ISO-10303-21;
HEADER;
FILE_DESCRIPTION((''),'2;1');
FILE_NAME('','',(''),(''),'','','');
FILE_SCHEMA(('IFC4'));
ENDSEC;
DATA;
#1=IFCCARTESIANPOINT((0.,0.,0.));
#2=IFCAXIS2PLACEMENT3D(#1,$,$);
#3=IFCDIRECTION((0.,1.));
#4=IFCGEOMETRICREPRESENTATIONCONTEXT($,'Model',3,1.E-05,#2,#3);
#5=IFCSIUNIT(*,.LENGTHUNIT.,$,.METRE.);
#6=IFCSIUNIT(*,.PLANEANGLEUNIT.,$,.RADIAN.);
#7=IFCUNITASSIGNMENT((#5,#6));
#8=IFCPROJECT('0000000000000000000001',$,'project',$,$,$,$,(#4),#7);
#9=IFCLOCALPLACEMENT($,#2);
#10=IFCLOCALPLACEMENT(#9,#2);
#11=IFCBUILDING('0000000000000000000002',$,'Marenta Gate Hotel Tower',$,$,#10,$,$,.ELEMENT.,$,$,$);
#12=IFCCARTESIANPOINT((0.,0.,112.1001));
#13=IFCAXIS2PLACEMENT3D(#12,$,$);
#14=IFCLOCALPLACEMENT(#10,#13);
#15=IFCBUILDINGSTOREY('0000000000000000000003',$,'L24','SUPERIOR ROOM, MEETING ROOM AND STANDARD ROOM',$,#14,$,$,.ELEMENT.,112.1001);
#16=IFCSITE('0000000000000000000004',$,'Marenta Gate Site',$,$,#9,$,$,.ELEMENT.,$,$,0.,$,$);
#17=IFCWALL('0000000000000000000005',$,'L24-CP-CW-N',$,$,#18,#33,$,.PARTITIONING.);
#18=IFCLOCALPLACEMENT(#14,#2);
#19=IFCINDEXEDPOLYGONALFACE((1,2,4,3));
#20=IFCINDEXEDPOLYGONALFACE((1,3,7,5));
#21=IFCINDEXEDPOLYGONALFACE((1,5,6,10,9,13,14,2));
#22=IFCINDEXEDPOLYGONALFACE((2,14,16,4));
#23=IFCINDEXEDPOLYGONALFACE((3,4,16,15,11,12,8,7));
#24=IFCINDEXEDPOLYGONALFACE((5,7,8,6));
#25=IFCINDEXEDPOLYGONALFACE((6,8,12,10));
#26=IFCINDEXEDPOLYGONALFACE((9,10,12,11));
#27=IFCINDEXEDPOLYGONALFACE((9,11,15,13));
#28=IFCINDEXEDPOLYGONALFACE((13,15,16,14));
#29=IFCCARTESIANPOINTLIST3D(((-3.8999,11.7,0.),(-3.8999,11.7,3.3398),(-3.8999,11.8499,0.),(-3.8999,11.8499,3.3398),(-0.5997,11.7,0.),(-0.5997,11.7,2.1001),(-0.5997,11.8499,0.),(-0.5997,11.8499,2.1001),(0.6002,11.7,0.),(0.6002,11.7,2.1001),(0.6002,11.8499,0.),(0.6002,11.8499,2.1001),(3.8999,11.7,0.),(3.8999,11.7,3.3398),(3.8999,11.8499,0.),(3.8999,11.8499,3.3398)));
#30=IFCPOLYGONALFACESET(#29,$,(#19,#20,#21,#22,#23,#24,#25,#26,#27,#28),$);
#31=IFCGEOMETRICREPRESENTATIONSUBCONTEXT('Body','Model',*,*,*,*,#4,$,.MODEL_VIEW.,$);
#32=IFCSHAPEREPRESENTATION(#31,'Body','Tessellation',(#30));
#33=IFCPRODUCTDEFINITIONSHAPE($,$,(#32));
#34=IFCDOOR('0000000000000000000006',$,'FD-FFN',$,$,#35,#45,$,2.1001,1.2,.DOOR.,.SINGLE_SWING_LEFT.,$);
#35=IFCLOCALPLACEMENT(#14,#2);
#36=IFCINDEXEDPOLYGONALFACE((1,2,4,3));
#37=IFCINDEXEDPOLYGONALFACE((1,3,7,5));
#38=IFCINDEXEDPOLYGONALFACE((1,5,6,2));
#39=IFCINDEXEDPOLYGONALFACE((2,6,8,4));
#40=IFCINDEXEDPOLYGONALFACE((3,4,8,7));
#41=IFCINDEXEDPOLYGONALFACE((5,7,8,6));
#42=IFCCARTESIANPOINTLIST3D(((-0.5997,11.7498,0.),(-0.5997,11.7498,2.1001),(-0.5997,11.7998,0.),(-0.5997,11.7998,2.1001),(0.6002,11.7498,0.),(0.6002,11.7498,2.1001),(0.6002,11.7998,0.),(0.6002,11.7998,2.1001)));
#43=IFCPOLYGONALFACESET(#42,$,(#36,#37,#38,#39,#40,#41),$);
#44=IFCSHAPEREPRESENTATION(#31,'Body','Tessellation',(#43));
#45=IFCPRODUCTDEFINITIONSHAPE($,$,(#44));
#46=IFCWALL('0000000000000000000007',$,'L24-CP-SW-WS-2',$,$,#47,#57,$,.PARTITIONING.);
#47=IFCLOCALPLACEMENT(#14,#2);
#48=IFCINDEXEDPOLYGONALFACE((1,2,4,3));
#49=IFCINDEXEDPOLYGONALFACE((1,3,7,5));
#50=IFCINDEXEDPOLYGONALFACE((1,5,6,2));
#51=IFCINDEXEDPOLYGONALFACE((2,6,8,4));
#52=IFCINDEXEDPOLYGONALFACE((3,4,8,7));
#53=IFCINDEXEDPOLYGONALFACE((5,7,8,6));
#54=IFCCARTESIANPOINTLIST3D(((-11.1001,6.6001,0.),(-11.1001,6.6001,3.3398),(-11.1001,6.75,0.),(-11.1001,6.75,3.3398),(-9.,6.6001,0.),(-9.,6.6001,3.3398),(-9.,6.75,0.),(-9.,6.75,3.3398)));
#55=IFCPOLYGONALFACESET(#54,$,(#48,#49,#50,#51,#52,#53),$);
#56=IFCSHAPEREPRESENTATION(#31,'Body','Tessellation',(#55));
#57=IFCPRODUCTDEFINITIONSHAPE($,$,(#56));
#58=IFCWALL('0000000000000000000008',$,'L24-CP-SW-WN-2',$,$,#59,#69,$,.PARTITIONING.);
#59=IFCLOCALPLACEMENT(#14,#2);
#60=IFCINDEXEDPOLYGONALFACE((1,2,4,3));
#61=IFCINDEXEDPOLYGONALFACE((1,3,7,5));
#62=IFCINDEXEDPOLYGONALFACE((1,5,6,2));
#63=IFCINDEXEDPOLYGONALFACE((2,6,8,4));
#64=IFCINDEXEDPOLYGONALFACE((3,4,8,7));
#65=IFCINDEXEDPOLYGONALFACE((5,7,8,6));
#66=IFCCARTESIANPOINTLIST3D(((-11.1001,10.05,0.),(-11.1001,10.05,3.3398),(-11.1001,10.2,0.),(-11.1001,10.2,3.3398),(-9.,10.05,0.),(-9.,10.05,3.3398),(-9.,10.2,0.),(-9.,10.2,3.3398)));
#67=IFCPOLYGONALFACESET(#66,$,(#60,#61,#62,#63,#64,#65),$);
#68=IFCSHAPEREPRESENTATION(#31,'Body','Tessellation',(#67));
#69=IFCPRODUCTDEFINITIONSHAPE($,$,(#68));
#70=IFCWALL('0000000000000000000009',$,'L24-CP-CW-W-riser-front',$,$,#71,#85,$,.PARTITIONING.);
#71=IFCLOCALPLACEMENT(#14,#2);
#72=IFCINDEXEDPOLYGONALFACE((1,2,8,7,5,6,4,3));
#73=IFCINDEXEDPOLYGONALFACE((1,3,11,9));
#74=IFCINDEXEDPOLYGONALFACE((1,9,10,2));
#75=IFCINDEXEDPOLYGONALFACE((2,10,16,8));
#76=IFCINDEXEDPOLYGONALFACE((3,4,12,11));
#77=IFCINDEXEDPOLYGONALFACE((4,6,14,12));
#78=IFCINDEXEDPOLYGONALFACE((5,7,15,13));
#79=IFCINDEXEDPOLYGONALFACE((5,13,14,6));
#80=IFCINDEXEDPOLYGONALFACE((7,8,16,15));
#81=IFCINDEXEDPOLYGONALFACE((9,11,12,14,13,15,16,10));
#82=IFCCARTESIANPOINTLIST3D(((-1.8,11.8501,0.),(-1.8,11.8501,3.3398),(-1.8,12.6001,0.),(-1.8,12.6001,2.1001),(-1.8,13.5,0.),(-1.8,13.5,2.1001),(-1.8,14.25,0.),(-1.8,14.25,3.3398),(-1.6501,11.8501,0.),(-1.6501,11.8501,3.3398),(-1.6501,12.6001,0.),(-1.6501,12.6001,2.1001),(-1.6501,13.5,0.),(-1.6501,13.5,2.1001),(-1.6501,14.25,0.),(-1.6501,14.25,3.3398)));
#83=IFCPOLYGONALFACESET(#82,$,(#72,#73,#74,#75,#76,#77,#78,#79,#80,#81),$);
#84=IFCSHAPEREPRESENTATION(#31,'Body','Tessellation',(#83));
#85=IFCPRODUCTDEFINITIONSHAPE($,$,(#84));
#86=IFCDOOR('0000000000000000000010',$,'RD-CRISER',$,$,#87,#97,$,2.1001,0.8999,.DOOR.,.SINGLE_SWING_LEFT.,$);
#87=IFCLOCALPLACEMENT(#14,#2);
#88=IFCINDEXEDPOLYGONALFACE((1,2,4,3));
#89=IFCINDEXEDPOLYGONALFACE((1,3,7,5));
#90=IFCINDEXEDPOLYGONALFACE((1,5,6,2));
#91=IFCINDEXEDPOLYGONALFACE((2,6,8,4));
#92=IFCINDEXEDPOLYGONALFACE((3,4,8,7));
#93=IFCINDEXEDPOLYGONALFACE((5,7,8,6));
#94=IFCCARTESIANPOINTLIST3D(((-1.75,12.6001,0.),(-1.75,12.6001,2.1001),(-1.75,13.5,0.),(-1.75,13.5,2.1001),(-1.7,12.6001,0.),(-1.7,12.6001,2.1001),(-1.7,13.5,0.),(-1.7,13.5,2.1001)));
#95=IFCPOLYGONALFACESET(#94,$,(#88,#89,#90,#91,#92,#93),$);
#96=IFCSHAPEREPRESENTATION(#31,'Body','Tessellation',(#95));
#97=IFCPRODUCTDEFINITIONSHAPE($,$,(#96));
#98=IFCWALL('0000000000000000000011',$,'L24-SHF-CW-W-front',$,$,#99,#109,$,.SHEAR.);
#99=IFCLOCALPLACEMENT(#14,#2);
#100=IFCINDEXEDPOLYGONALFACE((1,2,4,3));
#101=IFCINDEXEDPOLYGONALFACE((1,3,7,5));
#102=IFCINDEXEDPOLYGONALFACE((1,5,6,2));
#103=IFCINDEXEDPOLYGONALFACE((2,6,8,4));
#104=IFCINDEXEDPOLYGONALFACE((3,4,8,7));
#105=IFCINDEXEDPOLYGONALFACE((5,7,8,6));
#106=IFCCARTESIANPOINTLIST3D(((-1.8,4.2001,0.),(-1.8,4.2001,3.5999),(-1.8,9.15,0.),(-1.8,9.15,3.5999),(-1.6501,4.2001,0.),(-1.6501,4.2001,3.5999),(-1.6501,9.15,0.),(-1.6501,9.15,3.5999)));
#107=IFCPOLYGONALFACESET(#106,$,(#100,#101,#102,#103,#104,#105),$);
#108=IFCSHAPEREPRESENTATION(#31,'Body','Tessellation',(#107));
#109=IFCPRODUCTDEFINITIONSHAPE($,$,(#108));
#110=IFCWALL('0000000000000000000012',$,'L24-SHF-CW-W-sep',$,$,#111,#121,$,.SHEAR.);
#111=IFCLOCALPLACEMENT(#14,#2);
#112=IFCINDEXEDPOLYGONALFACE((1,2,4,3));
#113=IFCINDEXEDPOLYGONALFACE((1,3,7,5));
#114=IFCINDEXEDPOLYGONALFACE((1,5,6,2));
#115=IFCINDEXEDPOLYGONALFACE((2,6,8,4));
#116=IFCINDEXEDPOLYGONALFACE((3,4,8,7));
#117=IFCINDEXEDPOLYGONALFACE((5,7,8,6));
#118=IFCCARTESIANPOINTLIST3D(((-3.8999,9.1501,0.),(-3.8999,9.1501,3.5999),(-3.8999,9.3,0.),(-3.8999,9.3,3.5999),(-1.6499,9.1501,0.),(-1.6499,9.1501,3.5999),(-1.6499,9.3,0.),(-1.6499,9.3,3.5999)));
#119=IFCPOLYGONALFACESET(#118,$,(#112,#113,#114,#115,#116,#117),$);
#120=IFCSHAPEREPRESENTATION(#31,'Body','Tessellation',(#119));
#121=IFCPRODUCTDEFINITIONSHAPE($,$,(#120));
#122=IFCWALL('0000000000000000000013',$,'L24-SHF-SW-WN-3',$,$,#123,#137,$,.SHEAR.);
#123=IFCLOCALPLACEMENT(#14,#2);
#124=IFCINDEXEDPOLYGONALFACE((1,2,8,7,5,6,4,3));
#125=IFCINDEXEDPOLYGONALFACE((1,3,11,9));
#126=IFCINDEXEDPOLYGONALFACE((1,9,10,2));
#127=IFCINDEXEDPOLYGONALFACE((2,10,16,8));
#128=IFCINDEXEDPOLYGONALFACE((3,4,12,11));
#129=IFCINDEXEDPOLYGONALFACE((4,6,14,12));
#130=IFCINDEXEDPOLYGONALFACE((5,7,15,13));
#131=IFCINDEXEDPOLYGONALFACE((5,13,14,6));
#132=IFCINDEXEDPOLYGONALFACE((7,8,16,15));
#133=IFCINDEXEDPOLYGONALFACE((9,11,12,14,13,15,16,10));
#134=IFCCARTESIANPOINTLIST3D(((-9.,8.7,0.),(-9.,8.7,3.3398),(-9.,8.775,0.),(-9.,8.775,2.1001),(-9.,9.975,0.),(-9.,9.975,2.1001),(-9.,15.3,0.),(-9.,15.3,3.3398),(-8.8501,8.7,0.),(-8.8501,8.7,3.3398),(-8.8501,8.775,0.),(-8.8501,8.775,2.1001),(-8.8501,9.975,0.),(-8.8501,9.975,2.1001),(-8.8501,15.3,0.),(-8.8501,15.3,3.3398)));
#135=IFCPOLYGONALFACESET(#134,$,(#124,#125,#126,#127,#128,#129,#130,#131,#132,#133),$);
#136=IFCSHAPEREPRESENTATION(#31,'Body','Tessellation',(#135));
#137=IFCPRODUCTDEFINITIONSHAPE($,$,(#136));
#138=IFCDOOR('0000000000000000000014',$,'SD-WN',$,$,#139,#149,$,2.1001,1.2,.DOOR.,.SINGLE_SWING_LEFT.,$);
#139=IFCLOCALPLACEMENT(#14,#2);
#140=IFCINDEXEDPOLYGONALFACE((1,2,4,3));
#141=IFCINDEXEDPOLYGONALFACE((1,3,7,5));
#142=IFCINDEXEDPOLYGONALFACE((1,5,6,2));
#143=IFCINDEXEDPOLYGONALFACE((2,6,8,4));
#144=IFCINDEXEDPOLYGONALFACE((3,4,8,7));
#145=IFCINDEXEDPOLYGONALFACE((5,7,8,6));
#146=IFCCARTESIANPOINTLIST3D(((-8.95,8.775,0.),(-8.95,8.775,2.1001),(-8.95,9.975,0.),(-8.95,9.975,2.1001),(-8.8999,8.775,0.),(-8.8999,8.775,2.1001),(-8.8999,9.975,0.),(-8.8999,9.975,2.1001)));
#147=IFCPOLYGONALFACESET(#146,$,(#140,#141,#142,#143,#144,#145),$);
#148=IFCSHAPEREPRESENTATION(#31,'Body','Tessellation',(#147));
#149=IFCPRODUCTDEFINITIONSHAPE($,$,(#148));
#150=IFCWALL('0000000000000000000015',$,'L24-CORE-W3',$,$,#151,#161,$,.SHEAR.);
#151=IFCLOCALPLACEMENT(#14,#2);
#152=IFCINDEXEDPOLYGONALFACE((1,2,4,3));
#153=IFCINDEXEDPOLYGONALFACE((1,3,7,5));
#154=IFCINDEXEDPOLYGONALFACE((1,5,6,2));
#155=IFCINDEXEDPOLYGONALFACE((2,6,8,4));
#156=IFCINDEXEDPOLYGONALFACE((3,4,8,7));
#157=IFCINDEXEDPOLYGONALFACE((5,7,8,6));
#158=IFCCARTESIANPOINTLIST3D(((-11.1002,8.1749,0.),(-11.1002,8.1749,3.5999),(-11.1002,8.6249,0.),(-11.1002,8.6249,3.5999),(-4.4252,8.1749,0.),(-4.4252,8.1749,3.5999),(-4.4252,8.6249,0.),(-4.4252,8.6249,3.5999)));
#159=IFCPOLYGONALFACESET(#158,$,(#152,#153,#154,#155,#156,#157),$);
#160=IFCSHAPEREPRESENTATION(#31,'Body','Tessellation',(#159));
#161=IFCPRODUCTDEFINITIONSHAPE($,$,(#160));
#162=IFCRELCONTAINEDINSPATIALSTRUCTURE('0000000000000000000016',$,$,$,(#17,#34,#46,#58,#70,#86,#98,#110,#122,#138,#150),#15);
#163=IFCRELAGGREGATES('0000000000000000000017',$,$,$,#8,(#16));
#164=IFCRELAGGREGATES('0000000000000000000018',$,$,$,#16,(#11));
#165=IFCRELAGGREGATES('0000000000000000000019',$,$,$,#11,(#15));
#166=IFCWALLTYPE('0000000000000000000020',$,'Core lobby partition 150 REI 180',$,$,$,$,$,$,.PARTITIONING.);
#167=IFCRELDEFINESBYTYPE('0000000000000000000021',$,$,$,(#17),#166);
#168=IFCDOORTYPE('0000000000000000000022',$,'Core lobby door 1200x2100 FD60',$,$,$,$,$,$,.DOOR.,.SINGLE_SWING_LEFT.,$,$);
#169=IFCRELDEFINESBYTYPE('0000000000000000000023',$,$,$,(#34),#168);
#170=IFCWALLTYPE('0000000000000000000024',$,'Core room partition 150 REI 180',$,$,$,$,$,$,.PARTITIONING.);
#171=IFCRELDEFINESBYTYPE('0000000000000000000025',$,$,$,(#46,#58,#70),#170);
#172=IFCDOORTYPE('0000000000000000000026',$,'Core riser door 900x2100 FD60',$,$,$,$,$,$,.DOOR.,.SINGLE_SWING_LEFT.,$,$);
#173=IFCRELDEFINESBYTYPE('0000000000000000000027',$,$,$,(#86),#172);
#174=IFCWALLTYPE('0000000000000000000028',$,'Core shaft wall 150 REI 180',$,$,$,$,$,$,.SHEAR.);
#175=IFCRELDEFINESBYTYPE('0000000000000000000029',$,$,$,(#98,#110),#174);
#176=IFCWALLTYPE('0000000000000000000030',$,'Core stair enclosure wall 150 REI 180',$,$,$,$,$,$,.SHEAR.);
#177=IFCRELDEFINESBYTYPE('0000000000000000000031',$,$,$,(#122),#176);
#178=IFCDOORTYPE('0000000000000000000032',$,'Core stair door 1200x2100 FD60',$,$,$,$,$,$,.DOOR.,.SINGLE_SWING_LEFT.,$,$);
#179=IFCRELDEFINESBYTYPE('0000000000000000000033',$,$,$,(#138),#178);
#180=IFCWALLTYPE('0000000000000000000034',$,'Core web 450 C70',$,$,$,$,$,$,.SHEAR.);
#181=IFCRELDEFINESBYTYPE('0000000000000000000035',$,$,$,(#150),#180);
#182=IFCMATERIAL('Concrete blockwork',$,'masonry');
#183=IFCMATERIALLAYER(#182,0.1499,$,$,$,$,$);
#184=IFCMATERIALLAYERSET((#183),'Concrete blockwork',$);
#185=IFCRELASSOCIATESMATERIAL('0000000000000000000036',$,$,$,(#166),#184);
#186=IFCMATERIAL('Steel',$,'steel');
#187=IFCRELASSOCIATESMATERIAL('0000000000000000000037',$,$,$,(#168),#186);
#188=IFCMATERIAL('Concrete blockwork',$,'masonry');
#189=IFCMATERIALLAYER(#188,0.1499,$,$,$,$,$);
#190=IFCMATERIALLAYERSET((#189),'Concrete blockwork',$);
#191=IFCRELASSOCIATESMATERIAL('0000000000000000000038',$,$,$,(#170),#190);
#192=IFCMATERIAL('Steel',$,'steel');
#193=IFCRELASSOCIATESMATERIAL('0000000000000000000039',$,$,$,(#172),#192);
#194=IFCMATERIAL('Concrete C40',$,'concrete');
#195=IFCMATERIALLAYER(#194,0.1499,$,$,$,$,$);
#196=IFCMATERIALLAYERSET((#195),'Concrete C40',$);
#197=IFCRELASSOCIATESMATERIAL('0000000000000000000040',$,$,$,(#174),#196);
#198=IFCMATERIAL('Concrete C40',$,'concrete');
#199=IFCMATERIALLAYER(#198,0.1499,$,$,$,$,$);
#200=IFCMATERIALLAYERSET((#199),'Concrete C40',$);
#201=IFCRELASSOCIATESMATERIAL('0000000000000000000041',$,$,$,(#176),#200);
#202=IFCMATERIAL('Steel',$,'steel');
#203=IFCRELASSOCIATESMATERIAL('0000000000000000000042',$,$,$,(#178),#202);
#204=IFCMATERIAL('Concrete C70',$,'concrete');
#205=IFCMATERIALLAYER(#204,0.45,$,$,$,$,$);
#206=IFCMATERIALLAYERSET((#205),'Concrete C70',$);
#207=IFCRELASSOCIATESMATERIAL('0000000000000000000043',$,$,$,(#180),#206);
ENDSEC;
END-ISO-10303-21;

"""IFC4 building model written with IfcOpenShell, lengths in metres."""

from ifc_helpers import new_model, si_unit, direction, frame, frame_2d, origin, place, context, subcontext, project, spatial, rectangle, extrude, material, layer, layer_set, type_object, element, fill, save


model = new_model("IFC4")

# Units and contexts
model_context = context("Model", 3, precision=1e-05, world=origin(), true_north=direction((0.0, 1.0)))
body_context = subcontext(model_context, "Body", "Model", "MODEL_VIEW")
ifc_project = project(units=[si_unit("LENGTHUNIT", "METRE"), si_unit("PLANEANGLEUNIT", "RADIAN")], contexts=[model_context])

# Site, building, storey
site_placement = place(None, origin())
site = spatial("IfcSite", under=ifc_project, at=site_placement, Name="Marenta Gate Site", CompositionType="ELEMENT", RefElevation=0.0)
building_placement = place(site_placement, origin())
building = spatial("IfcBuilding", under=site, at=building_placement, Name="Marenta Gate Hotel Tower", CompositionType="ELEMENT")
storey_placement = place(building_placement, frame((0.0, 0.0, 112.1001)))
storey = spatial("IfcBuildingStorey", under=building, at=storey_placement, Name="L24", Description="SUPERIOR ROOM, MEETING ROOM AND STANDARD ROOM", CompositionType="ELEMENT", Elevation=112.1001)

# Wall, opening, door
ifc_material_1 = material(Name="Concrete blockwork", Category="masonry")
ifc_layer_1 = layer(ifc_material_1, 0.1499)
ifc_layer_set_1 = layer_set([ifc_layer_1], Name="Concrete blockwork")
wall_type_1 = type_object("IfcWallType", Name="Core lobby partition 150 REI 180", PredefinedType="PARTITIONING", material=ifc_layer_set_1)
wall_1_placement = place(storey_placement, frame((-3.8999, 11.7749, 0.0), z_axis=(0.0, 0.0, 1.0), x_axis=(1.0, 0.0, 0.0)))
wall_1 = element("IfcWall", 1, at=wall_1_placement, inside=storey, type_object=wall_type_1, Name="L24-CP-CW-N", PredefinedType="PARTITIONING", context=body_context, shape_type="SweptSolid", body=[
    extrude(rectangle(XDim=7.7998, YDim=0.1499, at=frame_2d((3.8999, 0.0))), origin(), (0.0, 0.0, 1.0), 3.3398),
])
opening_1_placement = place(wall_1_placement, frame((3.3, 0.0, 0.0)))
opening_1 = element("IfcOpeningElement", 2, at=opening_1_placement, cuts=wall_1, PredefinedType="OPENING", context=body_context, shape_type="SweptSolid", body=[
    extrude(rectangle(XDim=1.2, YDim=2.1001, at=frame_2d((0.6001, 1.05))), frame((0.0, 0.075, 0.0), z_axis=(0.0, -1.0, 0.0), x_axis=(1.0, 0.0, 0.0)), (0.0, 0.0, 1.0), 0.1499),
])
ifc_material_2 = material(Name="Steel", Category="steel")
door_type_1 = type_object("IfcDoorType", Name="Core lobby door 1200x2100 FD60", OperationType="SINGLE_SWING_LEFT", PredefinedType="DOOR", material=ifc_material_2)
door_1_placement = place(opening_1_placement, origin())
door_1 = element("IfcDoor", 3, at=door_1_placement, inside=storey, type_object=door_type_1, Name="FD-FFN", OperationType="SINGLE_SWING_LEFT", OverallHeight=2.1001, OverallWidth=1.2, PredefinedType="DOOR", context=body_context, shape_type="SweptSolid", body=[
    extrude(rectangle(XDim=1.2, YDim=2.1001, at=frame_2d((0.6001, 1.05))), frame((0.0, 0.0249, 0.0), z_axis=(0.0, -1.0, 0.0), x_axis=(1.0, 0.0, 0.0)), (0.0, 0.0, 1.0), 0.05),
])
fill(opening_1, door_1)

# Walls
ifc_material_3 = material(Name="Concrete blockwork", Category="masonry")
ifc_layer_2 = layer(ifc_material_3, 0.1499)
ifc_layer_set_2 = layer_set([ifc_layer_2], Name="Concrete blockwork")
wall_type_2 = type_object("IfcWallType", Name="Core room partition 150 REI 180", PredefinedType="PARTITIONING", material=ifc_layer_set_2)
for number, where, z_axis, x_axis, name in (
    (4, (-11.1001, 6.675, 0.0), (0.0, 0.0, 1.0), (1.0, 0.0, 0.0), "L24-CP-SW-WS-2"),
    (5, (-11.1001, 10.125, 0.0), (0.0, 0.0, 1.0), (1.0, 0.0, 0.0), "L24-CP-SW-WN-2"),
):
    element("IfcWall", number, at=place(storey_placement, frame(where, z_axis=z_axis, x_axis=x_axis)), inside=storey, type_object=wall_type_2, Name=name, PredefinedType="PARTITIONING", context=body_context, shape_type="SweptSolid", body=[
        extrude(rectangle(XDim=2.1001, YDim=0.1499, at=frame_2d((1.05, 0.0))), origin(), (0.0, 0.0, 1.0), 3.3398),
    ])

# Wall, opening, door
wall_2_placement = place(storey_placement, frame((-1.7251, 11.8501, 0.0), z_axis=(0.0, 0.0, 1.0), x_axis=(0.0, 1.0, 0.0)))
wall_2 = element("IfcWall", 6, at=wall_2_placement, inside=storey, type_object=wall_type_2, Name="L24-CP-CW-W-riser-front", PredefinedType="PARTITIONING", context=body_context, shape_type="SweptSolid", body=[
    extrude(rectangle(XDim=2.3999, YDim=0.1499, at=frame_2d((1.2, 0.0))), origin(), (0.0, 0.0, 1.0), 3.3398),
])
opening_2_placement = place(wall_2_placement, frame((0.75, 0.0, 0.0)))
opening_2 = element("IfcOpeningElement", 7, at=opening_2_placement, cuts=wall_2, PredefinedType="OPENING", context=body_context, shape_type="SweptSolid", body=[
    extrude(rectangle(XDim=0.8999, YDim=2.1001, at=frame_2d((0.45, 1.05))), frame((0.0, 0.075, 0.0), z_axis=(0.0, -1.0, 0.0), x_axis=(1.0, 0.0, 0.0)), (0.0, 0.0, 1.0), 0.1499),
])
ifc_material_4 = material(Name="Steel", Category="steel")
door_type_2 = type_object("IfcDoorType", Name="Core riser door 900x2100 FD60", OperationType="SINGLE_SWING_LEFT", PredefinedType="DOOR", material=ifc_material_4)
door_2_placement = place(opening_2_placement, origin())
door_2 = element("IfcDoor", 8, at=door_2_placement, inside=storey, type_object=door_type_2, Name="RD-CRISER", OperationType="SINGLE_SWING_LEFT", OverallHeight=2.1001, OverallWidth=0.8999, PredefinedType="DOOR", context=body_context, shape_type="SweptSolid", body=[
    extrude(rectangle(XDim=0.8999, YDim=2.1001, at=frame_2d((0.45, 1.05))), frame((0.0, 0.0249, 0.0), z_axis=(0.0, -1.0, 0.0), x_axis=(1.0, 0.0, 0.0)), (0.0, 0.0, 1.0), 0.05),
])
fill(opening_2, door_2)

# Walls
ifc_material_5 = material(Name="Concrete C40", Category="concrete")
ifc_layer_3 = layer(ifc_material_5, 0.1499)
ifc_layer_set_3 = layer_set([ifc_layer_3], Name="Concrete C40")
wall_type_3 = type_object("IfcWallType", Name="Core shaft wall 150 REI 180", PredefinedType="SHEAR", material=ifc_layer_set_3)
wall_3_placement = place(storey_placement, frame((-1.7251, 4.2, 0.0), z_axis=(0.0, 0.0, 1.0), x_axis=(0.0, 1.0, 0.0)))
element("IfcWall", 9, at=wall_3_placement, inside=storey, type_object=wall_type_3, Name="L24-SHF-CW-W-front", PredefinedType="SHEAR", context=body_context, shape_type="SweptSolid", body=[
    extrude(rectangle(XDim=4.95, YDim=0.1499, at=frame_2d((2.4751, 0.0))), origin(), (0.0, 0.0, 1.0), 3.5999),
])
wall_4_placement = place(storey_placement, frame((-3.8999, 9.2251, 0.0), z_axis=(0.0, 0.0, 1.0), x_axis=(1.0, 0.0, 0.0)))
element("IfcWall", 10, at=wall_4_placement, inside=storey, type_object=wall_type_3, Name="L24-SHF-CW-W-sep", PredefinedType="SHEAR", context=body_context, shape_type="SweptSolid", body=[
    extrude(rectangle(XDim=2.25, YDim=0.1499, at=frame_2d((1.125, 0.0))), origin(), (0.0, 0.0, 1.0), 3.5999),
])

# Wall, opening, door
ifc_material_6 = material(Name="Concrete C40", Category="concrete")
ifc_layer_4 = layer(ifc_material_6, 0.1499)
ifc_layer_set_4 = layer_set([ifc_layer_4], Name="Concrete C40")
wall_type_4 = type_object("IfcWallType", Name="Core stair enclosure wall 150 REI 180", PredefinedType="SHEAR", material=ifc_layer_set_4)
wall_5_placement = place(storey_placement, frame((-8.925, 8.7, 0.0), z_axis=(0.0, 0.0, 1.0), x_axis=(0.0, 1.0, 0.0)))
wall_5 = element("IfcWall", 11, at=wall_5_placement, inside=storey, type_object=wall_type_4, Name="L24-SHF-SW-WN-3", PredefinedType="SHEAR", context=body_context, shape_type="SweptSolid", body=[
    extrude(rectangle(XDim=6.6001, YDim=0.1499, at=frame_2d((3.3, 0.0))), origin(), (0.0, 0.0, 1.0), 3.3398),
])
opening_3_placement = place(wall_5_placement, frame((0.075, 0.0, 0.0)))
opening_3 = element("IfcOpeningElement", 12, at=opening_3_placement, cuts=wall_5, PredefinedType="OPENING", context=body_context, shape_type="SweptSolid", body=[
    extrude(rectangle(XDim=1.2, YDim=2.1001, at=frame_2d((0.6001, 1.05))), frame((0.0, 0.075, 0.0), z_axis=(0.0, -1.0, 0.0), x_axis=(1.0, 0.0, 0.0)), (0.0, 0.0, 1.0), 0.1499),
])
ifc_material_7 = material(Name="Steel", Category="steel")
door_type_3 = type_object("IfcDoorType", Name="Core stair door 1200x2100 FD60", OperationType="SINGLE_SWING_LEFT", PredefinedType="DOOR", material=ifc_material_7)
door_3_placement = place(opening_3_placement, origin())
door_3 = element("IfcDoor", 13, at=door_3_placement, inside=storey, type_object=door_type_3, Name="SD-WN", OperationType="SINGLE_SWING_LEFT", OverallHeight=2.1001, OverallWidth=1.2, PredefinedType="DOOR", context=body_context, shape_type="SweptSolid", body=[
    extrude(rectangle(XDim=1.2, YDim=2.1001, at=frame_2d((0.6001, 1.05))), frame((0.0, 0.0249, 0.0), z_axis=(0.0, -1.0, 0.0), x_axis=(1.0, 0.0, 0.0)), (0.0, 0.0, 1.0), 0.05),
])
fill(opening_3, door_3)

# Wall
ifc_material_8 = material(Name="Concrete C70", Category="concrete")
ifc_layer_5 = layer(ifc_material_8, 0.45)
ifc_layer_set_5 = layer_set([ifc_layer_5], Name="Concrete C70")
wall_type_5 = type_object("IfcWallType", Name="Core web 450 C70", PredefinedType="SHEAR", material=ifc_layer_set_5)
wall_6_placement = place(storey_placement, frame((-11.1001, 8.3999, 0.0), z_axis=(0.0, 0.0, 1.0), x_axis=(1.0, 0.0, 0.0)))
element("IfcWall", 14, at=wall_6_placement, inside=storey, type_object=wall_type_5, Name="L24-CORE-W3", PredefinedType="SHEAR", context=body_context, shape_type="SweptSolid", body=[
    extrude(rectangle(XDim=6.675, YDim=0.45, at=frame_2d((3.3374, 0.0))), origin(), (0.0, 0.0, 1.0), 3.5999),
])

save(model, "model.ifc")
